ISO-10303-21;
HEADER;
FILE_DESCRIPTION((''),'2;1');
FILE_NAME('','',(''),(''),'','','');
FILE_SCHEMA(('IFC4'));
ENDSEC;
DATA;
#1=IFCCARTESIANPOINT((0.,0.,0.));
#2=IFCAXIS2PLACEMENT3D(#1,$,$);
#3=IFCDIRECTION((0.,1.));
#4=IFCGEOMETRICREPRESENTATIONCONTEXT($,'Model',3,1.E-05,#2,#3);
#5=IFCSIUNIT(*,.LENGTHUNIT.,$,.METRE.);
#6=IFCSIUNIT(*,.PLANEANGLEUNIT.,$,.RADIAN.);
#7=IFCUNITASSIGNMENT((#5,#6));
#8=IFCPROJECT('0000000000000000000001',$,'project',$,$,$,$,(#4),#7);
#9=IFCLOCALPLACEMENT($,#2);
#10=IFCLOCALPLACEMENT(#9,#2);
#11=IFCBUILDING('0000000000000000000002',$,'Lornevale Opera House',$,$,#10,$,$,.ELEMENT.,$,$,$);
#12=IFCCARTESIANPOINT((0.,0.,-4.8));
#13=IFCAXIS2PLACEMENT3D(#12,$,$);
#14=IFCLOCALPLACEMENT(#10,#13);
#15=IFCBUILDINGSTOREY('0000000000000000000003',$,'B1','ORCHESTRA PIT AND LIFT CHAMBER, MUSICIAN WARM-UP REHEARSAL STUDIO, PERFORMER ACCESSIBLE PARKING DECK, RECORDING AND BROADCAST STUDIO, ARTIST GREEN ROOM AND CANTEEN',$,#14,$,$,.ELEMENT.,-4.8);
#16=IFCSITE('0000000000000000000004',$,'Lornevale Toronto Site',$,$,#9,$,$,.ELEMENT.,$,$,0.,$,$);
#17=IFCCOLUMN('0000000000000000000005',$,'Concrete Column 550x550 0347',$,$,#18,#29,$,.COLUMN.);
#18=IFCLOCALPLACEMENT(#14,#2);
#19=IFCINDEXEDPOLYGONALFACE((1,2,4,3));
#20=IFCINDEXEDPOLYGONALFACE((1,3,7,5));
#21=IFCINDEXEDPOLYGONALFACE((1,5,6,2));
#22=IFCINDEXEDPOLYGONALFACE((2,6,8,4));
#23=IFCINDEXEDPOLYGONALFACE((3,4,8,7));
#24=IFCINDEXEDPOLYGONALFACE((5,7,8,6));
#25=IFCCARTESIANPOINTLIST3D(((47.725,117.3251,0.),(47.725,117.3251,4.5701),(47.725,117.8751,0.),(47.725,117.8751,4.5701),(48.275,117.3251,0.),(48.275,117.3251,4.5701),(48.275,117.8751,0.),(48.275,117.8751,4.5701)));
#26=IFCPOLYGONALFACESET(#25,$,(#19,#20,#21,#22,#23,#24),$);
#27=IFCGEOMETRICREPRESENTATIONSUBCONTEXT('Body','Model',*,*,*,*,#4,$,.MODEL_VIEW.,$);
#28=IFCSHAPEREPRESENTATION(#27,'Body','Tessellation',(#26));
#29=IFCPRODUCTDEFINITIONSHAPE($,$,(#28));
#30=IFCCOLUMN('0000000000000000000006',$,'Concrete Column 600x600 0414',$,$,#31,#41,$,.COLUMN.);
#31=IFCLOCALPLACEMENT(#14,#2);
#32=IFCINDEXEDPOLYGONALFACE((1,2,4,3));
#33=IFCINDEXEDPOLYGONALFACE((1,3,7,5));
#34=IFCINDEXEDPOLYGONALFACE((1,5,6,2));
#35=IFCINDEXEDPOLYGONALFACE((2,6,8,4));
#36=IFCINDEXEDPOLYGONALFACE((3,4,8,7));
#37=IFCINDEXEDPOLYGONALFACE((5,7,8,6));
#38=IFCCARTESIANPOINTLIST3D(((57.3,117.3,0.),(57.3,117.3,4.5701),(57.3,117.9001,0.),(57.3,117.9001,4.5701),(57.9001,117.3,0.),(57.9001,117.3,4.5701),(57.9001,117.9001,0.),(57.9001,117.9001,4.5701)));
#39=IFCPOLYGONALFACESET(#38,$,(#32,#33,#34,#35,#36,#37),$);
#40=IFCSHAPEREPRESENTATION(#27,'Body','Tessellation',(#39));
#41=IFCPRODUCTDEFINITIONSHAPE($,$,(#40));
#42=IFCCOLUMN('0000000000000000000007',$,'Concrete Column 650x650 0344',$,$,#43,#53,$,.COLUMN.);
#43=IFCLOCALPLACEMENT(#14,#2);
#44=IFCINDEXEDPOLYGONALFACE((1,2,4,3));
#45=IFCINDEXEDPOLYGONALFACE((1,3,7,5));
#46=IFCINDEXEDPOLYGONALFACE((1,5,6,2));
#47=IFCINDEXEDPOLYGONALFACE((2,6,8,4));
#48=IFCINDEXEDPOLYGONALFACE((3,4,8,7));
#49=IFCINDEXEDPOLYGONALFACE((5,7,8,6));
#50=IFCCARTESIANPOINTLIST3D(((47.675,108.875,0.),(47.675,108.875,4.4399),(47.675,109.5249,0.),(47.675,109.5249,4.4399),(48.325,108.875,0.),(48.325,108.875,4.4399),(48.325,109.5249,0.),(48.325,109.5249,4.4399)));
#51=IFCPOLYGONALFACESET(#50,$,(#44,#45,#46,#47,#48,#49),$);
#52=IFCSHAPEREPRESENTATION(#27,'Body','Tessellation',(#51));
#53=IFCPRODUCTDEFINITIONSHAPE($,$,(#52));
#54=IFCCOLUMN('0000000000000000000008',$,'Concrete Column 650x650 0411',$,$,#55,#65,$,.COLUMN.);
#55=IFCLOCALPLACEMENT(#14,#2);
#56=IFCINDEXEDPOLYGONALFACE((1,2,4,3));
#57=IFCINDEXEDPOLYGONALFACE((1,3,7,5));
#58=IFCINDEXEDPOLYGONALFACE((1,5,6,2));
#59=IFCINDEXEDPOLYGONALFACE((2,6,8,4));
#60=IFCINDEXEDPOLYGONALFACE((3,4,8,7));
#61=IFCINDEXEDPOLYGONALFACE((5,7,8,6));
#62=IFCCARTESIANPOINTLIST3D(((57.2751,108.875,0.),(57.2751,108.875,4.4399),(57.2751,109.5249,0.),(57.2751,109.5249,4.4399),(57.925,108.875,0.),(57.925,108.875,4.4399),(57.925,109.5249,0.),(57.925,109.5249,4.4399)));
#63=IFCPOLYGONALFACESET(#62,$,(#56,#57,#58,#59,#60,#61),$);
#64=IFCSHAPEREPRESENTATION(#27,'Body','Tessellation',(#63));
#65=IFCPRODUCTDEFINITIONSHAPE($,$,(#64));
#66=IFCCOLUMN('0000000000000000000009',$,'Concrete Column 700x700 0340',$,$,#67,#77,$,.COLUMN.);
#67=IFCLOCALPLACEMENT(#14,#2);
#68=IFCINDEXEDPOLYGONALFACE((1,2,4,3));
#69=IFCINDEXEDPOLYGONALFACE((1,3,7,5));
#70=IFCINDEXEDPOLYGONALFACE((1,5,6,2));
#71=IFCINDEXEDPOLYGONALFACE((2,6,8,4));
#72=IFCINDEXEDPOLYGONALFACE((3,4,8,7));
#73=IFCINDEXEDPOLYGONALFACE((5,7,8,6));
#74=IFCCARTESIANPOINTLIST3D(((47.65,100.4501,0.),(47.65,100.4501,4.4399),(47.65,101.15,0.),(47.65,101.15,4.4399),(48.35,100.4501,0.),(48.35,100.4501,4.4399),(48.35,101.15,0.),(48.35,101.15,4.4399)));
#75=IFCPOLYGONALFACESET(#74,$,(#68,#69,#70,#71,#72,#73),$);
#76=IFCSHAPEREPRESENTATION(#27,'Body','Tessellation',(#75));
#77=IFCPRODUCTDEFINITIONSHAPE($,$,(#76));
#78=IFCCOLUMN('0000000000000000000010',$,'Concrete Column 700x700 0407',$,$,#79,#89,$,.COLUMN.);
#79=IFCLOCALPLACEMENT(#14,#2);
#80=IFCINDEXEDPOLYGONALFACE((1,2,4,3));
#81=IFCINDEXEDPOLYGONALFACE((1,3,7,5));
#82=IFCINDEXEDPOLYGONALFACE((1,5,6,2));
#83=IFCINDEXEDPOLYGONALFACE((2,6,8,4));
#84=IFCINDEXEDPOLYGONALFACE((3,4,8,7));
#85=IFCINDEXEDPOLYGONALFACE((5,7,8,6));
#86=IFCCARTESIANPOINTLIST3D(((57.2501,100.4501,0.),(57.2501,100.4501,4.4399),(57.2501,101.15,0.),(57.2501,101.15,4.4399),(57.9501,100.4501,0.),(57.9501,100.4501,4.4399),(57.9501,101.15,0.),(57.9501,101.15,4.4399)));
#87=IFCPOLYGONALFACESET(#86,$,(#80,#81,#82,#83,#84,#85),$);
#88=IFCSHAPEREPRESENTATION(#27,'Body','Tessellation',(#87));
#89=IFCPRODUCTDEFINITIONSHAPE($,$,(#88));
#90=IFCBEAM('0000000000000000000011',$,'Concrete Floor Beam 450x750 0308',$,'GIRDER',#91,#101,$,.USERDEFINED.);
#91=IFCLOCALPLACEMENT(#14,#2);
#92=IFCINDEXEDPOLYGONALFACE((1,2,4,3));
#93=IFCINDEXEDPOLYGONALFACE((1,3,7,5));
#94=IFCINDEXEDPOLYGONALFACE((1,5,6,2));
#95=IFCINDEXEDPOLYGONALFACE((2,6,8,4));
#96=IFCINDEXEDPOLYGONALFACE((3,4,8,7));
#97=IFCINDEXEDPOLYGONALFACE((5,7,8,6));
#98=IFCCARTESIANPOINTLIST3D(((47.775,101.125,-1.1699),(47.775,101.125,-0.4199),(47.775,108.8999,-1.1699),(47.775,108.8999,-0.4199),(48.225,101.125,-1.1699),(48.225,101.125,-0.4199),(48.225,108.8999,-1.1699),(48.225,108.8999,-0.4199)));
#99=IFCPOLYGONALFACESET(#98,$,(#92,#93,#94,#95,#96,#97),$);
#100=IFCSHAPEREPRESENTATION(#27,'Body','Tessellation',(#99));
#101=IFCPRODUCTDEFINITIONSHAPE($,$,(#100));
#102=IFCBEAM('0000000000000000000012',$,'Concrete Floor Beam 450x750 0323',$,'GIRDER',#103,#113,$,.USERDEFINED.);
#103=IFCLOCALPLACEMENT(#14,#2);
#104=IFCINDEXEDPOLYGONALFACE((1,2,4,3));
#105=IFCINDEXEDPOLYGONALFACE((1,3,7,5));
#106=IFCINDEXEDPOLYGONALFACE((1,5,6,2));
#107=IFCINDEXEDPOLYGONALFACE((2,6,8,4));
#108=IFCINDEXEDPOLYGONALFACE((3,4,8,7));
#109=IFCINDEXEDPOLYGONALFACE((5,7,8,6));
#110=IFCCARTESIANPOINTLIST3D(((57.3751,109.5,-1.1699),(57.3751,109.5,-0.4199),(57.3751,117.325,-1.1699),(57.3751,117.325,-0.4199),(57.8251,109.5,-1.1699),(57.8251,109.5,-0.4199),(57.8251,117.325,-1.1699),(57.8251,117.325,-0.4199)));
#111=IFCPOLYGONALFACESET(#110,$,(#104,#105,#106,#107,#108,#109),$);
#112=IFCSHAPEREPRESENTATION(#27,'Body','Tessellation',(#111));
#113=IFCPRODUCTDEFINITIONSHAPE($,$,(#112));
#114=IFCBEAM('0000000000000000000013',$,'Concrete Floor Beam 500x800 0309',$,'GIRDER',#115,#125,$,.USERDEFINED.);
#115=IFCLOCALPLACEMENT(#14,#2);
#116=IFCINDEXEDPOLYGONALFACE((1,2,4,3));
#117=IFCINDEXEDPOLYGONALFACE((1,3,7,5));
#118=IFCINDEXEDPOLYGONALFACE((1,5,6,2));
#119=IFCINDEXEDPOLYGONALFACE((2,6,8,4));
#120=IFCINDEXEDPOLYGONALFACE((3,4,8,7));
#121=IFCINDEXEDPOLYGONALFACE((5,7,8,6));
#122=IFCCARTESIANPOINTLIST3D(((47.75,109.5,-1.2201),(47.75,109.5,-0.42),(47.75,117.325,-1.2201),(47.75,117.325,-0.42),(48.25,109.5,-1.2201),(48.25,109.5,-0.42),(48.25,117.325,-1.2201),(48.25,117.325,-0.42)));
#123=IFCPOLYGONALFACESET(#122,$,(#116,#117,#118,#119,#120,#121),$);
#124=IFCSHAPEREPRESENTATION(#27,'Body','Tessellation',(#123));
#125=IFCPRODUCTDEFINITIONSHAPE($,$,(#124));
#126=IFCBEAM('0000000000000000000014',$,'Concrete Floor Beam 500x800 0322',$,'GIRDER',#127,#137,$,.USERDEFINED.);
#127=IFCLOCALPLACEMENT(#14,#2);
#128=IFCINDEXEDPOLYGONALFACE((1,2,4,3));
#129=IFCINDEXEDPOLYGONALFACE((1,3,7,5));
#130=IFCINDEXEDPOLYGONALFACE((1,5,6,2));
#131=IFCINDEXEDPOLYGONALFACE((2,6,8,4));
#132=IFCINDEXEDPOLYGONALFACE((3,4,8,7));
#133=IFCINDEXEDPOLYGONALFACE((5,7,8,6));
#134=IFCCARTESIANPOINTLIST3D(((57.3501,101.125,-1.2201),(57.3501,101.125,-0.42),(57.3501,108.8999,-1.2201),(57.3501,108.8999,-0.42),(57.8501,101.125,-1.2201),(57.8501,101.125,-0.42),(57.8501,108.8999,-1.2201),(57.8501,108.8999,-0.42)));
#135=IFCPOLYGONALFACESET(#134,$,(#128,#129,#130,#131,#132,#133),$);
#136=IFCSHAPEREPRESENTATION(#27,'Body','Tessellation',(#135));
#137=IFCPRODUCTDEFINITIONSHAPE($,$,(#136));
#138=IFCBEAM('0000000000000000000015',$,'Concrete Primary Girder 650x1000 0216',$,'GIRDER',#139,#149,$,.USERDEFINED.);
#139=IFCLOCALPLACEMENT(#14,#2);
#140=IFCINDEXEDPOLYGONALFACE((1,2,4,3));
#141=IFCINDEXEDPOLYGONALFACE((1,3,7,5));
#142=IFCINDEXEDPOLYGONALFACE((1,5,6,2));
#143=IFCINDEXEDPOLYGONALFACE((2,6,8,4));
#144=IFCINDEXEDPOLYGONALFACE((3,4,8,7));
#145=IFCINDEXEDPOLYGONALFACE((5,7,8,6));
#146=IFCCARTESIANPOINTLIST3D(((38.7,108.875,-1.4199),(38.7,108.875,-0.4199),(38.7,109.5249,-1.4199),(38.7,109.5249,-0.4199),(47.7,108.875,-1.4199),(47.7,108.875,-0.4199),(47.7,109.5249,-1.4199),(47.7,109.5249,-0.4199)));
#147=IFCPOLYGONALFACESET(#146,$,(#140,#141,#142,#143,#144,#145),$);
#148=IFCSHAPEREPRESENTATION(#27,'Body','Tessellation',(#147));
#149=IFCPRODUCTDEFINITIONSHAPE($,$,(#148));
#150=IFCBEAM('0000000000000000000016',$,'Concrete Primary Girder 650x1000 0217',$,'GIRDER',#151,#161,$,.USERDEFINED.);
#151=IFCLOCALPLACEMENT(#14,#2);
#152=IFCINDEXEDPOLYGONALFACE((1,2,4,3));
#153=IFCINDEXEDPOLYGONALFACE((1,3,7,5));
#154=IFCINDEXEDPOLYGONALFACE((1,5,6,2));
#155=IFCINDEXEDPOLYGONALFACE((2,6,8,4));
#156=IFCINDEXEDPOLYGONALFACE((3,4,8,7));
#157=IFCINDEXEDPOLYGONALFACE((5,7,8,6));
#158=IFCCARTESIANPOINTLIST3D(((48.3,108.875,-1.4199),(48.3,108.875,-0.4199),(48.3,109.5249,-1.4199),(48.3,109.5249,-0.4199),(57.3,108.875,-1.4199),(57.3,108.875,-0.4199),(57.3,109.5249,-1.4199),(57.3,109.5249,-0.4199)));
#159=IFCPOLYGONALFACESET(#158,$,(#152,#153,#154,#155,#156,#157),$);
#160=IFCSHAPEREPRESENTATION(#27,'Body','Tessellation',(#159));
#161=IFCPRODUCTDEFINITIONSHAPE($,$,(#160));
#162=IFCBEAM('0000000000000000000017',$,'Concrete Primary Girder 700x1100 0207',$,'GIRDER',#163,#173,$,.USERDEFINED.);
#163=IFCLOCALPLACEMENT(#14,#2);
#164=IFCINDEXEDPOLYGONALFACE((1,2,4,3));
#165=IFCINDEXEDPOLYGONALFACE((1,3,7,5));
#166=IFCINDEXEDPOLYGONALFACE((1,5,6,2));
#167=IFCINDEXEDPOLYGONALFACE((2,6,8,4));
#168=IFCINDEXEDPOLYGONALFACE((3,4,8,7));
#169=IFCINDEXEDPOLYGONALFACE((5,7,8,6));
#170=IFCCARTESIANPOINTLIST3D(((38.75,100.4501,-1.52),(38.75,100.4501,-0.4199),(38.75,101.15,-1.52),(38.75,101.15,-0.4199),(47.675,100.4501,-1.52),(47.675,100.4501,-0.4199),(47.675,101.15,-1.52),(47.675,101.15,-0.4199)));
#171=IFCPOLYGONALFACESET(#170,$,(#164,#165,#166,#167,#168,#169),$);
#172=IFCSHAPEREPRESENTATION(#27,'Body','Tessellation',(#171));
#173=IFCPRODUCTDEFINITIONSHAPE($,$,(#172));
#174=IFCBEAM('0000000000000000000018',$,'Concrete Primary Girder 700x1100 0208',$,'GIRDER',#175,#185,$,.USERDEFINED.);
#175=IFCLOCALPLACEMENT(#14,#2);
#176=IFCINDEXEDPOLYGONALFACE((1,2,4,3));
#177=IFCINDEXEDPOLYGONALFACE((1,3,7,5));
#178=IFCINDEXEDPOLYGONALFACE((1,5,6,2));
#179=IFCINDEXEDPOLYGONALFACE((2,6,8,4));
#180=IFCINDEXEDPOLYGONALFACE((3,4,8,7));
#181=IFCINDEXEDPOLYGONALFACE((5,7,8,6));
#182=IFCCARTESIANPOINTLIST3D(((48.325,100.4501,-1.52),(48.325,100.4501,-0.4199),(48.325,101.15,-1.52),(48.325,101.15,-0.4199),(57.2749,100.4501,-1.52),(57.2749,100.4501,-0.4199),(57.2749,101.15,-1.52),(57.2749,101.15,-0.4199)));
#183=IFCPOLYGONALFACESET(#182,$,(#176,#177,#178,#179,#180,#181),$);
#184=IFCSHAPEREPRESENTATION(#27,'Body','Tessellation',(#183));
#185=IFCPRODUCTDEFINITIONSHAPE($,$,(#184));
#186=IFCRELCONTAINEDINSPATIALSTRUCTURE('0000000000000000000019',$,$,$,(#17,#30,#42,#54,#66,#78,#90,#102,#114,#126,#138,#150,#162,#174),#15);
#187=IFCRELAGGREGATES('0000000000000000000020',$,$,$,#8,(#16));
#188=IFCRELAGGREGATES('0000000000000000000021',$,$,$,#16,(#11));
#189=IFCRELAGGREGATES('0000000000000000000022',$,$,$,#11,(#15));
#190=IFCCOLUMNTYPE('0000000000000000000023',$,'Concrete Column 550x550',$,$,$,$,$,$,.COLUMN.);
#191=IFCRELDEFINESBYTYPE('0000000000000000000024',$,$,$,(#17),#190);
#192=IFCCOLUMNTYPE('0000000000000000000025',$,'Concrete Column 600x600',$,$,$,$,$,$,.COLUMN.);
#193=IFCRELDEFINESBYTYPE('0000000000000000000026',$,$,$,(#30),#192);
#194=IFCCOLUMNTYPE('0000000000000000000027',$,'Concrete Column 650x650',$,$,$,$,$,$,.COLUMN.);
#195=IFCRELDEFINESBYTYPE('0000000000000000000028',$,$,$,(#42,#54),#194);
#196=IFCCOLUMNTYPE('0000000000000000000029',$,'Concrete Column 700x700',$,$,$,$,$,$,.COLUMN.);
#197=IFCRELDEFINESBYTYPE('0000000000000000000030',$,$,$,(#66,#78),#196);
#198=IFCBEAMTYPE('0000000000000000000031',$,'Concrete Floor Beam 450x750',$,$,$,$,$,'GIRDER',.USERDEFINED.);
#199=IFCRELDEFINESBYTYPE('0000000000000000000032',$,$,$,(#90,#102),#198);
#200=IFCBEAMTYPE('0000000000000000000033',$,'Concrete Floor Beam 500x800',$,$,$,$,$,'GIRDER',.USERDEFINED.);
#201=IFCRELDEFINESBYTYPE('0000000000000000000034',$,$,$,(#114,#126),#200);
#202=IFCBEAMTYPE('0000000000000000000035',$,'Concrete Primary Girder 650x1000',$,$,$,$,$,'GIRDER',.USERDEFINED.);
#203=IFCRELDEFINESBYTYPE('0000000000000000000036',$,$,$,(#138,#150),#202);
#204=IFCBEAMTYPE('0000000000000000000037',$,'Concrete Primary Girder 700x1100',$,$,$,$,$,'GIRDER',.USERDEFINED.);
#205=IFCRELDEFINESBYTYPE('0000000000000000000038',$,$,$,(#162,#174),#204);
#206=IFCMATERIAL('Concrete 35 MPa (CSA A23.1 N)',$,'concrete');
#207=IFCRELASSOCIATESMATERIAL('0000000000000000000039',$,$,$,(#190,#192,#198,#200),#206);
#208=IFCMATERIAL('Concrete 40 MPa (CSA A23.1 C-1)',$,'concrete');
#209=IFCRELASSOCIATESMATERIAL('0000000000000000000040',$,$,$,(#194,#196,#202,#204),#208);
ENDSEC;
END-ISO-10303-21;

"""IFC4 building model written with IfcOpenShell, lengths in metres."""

from ifc_helpers import new_model, si_unit, direction, frame, origin, origin_2d, place, context, subcontext, project, spatial, rectangle, extrude, material, material_profile, profile_set, type_object, element, save


model = new_model("IFC4")

# Units and contexts
model_context = context("Model", 3, precision=1e-05, world=origin(), true_north=direction((0.0, 1.0)))
body_context = subcontext(model_context, "Body", "Model", "MODEL_VIEW")
ifc_project = project(units=[si_unit("LENGTHUNIT", "METRE"), si_unit("PLANEANGLEUNIT", "RADIAN")], contexts=[model_context])

# Site, building, storey
site_placement = place(None, origin())
site = spatial("IfcSite", under=ifc_project, at=site_placement, Name="Lornevale Toronto Site", CompositionType="ELEMENT", RefElevation=0.0)
building_placement = place(site_placement, origin())
building = spatial("IfcBuilding", under=site, at=building_placement, Name="Lornevale Opera House", CompositionType="ELEMENT")
storey_placement = place(building_placement, frame((0.0, 0.0, -4.8)))
storey = spatial("IfcBuildingStorey", under=building, at=storey_placement, Name="B1", Description="ORCHESTRA PIT AND LIFT CHAMBER, MUSICIAN WARM-UP REHEARSAL STUDIO, PERFORMER ACCESSIBLE PARKING DECK, RECORDING AND BROADCAST STUDIO, ARTIST GREEN ROOM AND CANTEEN", CompositionType="ELEMENT", Elevation=-4.8)

# Columns
ifc_material_1 = material(Name="Concrete 35 MPa (CSA A23.1 N)", Category="concrete")
ifc_material_profile_1 = material_profile(ifc_material_1, rectangle(XDim=0.55, YDim=0.55, at=origin_2d()), Name="RC550x550")
ifc_profile_set_1 = profile_set([ifc_material_profile_1], Name="Concrete 35 MPa (CSA A23.1 N)")
column_type_1 = type_object("IfcColumnType", Name="Concrete Column 550x550", PredefinedType="COLUMN", material=ifc_profile_set_1)
column_1_placement = place(storey_placement, frame((48.0, 117.6001, 0.0), z_axis=(0.0, 0.0, 1.0), x_axis=(1.0, 0.0, 0.0)))
element("IfcColumn", 1, at=column_1_placement, inside=storey, type_object=column_type_1, Name="Concrete Column 550x550 0347", PredefinedType="COLUMN", context=body_context, shape_type="SweptSolid", body=[
    extrude(rectangle(XDim=0.55, YDim=0.55, at=origin_2d()), origin(), (0.0, 0.0, 1.0), 4.5701),
])
ifc_material_profile_2 = material_profile(ifc_material_1, rectangle(XDim=0.6001, YDim=0.6001, at=origin_2d()), Name="RC600x600")
ifc_profile_set_2 = profile_set([ifc_material_profile_2], Name="Concrete 35 MPa (CSA A23.1 N)")
column_type_2 = type_object("IfcColumnType", Name="Concrete Column 600x600", PredefinedType="COLUMN", material=ifc_profile_set_2)
column_2_placement = place(storey_placement, frame((57.6001, 117.6001, 0.0), z_axis=(0.0, 0.0, 1.0), x_axis=(1.0, 0.0, 0.0)))
element("IfcColumn", 2, at=column_2_placement, inside=storey, type_object=column_type_2, Name="Concrete Column 600x600 0414", PredefinedType="COLUMN", context=body_context, shape_type="SweptSolid", body=[
    extrude(rectangle(XDim=0.6001, YDim=0.6001, at=origin_2d()), origin(), (0.0, 0.0, 1.0), 4.5701),
])
ifc_material_2 = material(Name="Concrete 40 MPa (CSA A23.1 C-1)", Category="concrete")
ifc_material_profile_3 = material_profile(ifc_material_2, rectangle(XDim=0.6499, YDim=0.6499, at=origin_2d()), Name="RC650x650")
ifc_profile_set_3 = profile_set([ifc_material_profile_3], Name="Concrete 40 MPa (CSA A23.1 C-1)")
column_type_3 = type_object("IfcColumnType", Name="Concrete Column 650x650", PredefinedType="COLUMN", material=ifc_profile_set_3)
for number, where, z_axis, x_axis, name in (
    (3, (48.0, 109.2, 0.0), (0.0, 0.0, 1.0), (1.0, 0.0, 0.0), "Concrete Column 650x650 0344"),
    (4, (57.6001, 109.2, 0.0), (0.0, 0.0, 1.0), (1.0, 0.0, 0.0), "Concrete Column 650x650 0411"),
):
    element("IfcColumn", number, at=place(storey_placement, frame(where, z_axis=z_axis, x_axis=x_axis)), inside=storey, type_object=column_type_3, Name=name, PredefinedType="COLUMN", context=body_context, shape_type="SweptSolid", body=[
        extrude(rectangle(XDim=0.6499, YDim=0.6499, at=origin_2d()), origin(), (0.0, 0.0, 1.0), 4.4399),
    ])
ifc_material_profile_4 = material_profile(ifc_material_2, rectangle(XDim=0.7, YDim=0.7, at=origin_2d()), Name="RC700x700")
ifc_profile_set_4 = profile_set([ifc_material_profile_4], Name="Concrete 40 MPa (CSA A23.1 C-1)")
column_type_4 = type_object("IfcColumnType", Name="Concrete Column 700x700", PredefinedType="COLUMN", material=ifc_profile_set_4)
for number, where, z_axis, x_axis, name in (
    (5, (48.0, 100.8, 0.0), (0.0, 0.0, 1.0), (1.0, 0.0, 0.0), "Concrete Column 700x700 0340"),
    (6, (57.6001, 100.8, 0.0), (0.0, 0.0, 1.0), (1.0, 0.0, 0.0), "Concrete Column 700x700 0407"),
):
    element("IfcColumn", number, at=place(storey_placement, frame(where, z_axis=z_axis, x_axis=x_axis)), inside=storey, type_object=column_type_4, Name=name, PredefinedType="COLUMN", context=body_context, shape_type="SweptSolid", body=[
        extrude(rectangle(XDim=0.7, YDim=0.7, at=origin_2d()), origin(), (0.0, 0.0, 1.0), 4.4399),
    ])

# Beams
ifc_material_profile_5 = material_profile(ifc_material_1, rectangle(XDim=0.45, YDim=0.75, at=origin_2d()), Name="RC450x750")
ifc_profile_set_5 = profile_set([ifc_material_profile_5], Name="Concrete 35 MPa (CSA A23.1 N)")
beam_type_1 = type_object("IfcBeamType", Name="Concrete Floor Beam 450x750", ElementType="GIRDER", PredefinedType="USERDEFINED", material=ifc_profile_set_5)
beam_1_placement = place(storey_placement, frame((48.0, 101.125, -0.7949), z_axis=(0.0, 1.0, 0.0), x_axis=(-1.0, 0.0, 0.0)))
element("IfcBeam", 7, at=beam_1_placement, inside=storey, type_object=beam_type_1, Name="Concrete Floor Beam 450x750 0308", ObjectType="GIRDER", PredefinedType="USERDEFINED", context=body_context, shape_type="SweptSolid", body=[
    extrude(rectangle(XDim=0.45, YDim=0.75, at=origin_2d()), origin(), (0.0, 0.0, 1.0), 7.7749),
])
beam_2_placement = place(storey_placement, frame((57.6001, 109.5, -0.7949), z_axis=(0.0, 1.0, 0.0), x_axis=(-1.0, 0.0, 0.0)))
element("IfcBeam", 8, at=beam_2_placement, inside=storey, type_object=beam_type_1, Name="Concrete Floor Beam 450x750 0323", ObjectType="GIRDER", PredefinedType="USERDEFINED", context=body_context, shape_type="SweptSolid", body=[
    extrude(rectangle(XDim=0.45, YDim=0.75, at=origin_2d()), origin(), (0.0, 0.0, 1.0), 7.825),
])
ifc_material_profile_6 = material_profile(ifc_material_1, rectangle(XDim=0.5, YDim=0.8, at=origin_2d()), Name="RC500x800")
ifc_profile_set_6 = profile_set([ifc_material_profile_6], Name="Concrete 35 MPa (CSA A23.1 N)")
beam_type_2 = type_object("IfcBeamType", Name="Concrete Floor Beam 500x800", ElementType="GIRDER", PredefinedType="USERDEFINED", material=ifc_profile_set_6)
beam_3_placement = place(storey_placement, frame((48.0, 109.5, -0.8201), z_axis=(0.0, 1.0, 0.0), x_axis=(-1.0, 0.0, 0.0)))
element("IfcBeam", 9, at=beam_3_placement, inside=storey, type_object=beam_type_2, Name="Concrete Floor Beam 500x800 0309", ObjectType="GIRDER", PredefinedType="USERDEFINED", context=body_context, shape_type="SweptSolid", body=[
    extrude(rectangle(XDim=0.5, YDim=0.8, at=origin_2d()), origin(), (0.0, 0.0, 1.0), 7.825),
])
beam_4_placement = place(storey_placement, frame((57.6001, 101.125, -0.8201), z_axis=(0.0, 1.0, 0.0), x_axis=(-1.0, 0.0, 0.0)))
element("IfcBeam", 10, at=beam_4_placement, inside=storey, type_object=beam_type_2, Name="Concrete Floor Beam 500x800 0322", ObjectType="GIRDER", PredefinedType="USERDEFINED", context=body_context, shape_type="SweptSolid", body=[
    extrude(rectangle(XDim=0.5, YDim=0.8, at=origin_2d()), origin(), (0.0, 0.0, 1.0), 7.7749),
])
ifc_material_profile_7 = material_profile(ifc_material_2, rectangle(XDim=0.6499, YDim=1.0, at=origin_2d()), Name="RC650x1000")
ifc_profile_set_7 = profile_set([ifc_material_profile_7], Name="Concrete 40 MPa (CSA A23.1 C-1)")
beam_type_3 = type_object("IfcBeamType", Name="Concrete Primary Girder 650x1000", ElementType="GIRDER", PredefinedType="USERDEFINED", material=ifc_profile_set_7)
for number, where, z_axis, x_axis, name in (
    (11, (38.7, 109.2, -0.9199), (1.0, 0.0, 0.0), (0.0, 1.0, 0.0), "Concrete Primary Girder 650x1000 0216"),
    (12, (48.3, 109.2, -0.9199), (1.0, 0.0, 0.0), (0.0, 1.0, 0.0), "Concrete Primary Girder 650x1000 0217"),
):
    element("IfcBeam", number, at=place(storey_placement, frame(where, z_axis=z_axis, x_axis=x_axis)), inside=storey, type_object=beam_type_3, Name=name, ObjectType="GIRDER", PredefinedType="USERDEFINED", context=body_context, shape_type="SweptSolid", body=[
        extrude(rectangle(XDim=0.6499, YDim=1.0, at=origin_2d()), origin(), (0.0, 0.0, 1.0), 9.0),
    ])
ifc_material_profile_8 = material_profile(ifc_material_2, rectangle(XDim=0.7, YDim=1.1001, at=origin_2d()), Name="RC700x1100")
ifc_profile_set_8 = profile_set([ifc_material_profile_8], Name="Concrete 40 MPa (CSA A23.1 C-1)")
beam_type_4 = type_object("IfcBeamType", Name="Concrete Primary Girder 700x1100", ElementType="GIRDER", PredefinedType="USERDEFINED", material=ifc_profile_set_8)
beam_5_placement = place(storey_placement, frame((38.75, 100.8, -0.97), z_axis=(1.0, 0.0, 0.0), x_axis=(0.0, 1.0, 0.0)))
element("IfcBeam", 13, at=beam_5_placement, inside=storey, type_object=beam_type_4, Name="Concrete Primary Girder 700x1100 0207", ObjectType="GIRDER", PredefinedType="USERDEFINED", context=body_context, shape_type="SweptSolid", body=[
    extrude(rectangle(XDim=0.7, YDim=1.1001, at=origin_2d()), origin(), (0.0, 0.0, 1.0), 8.925),
])
beam_6_placement = place(storey_placement, frame((48.325, 100.8, -0.97), z_axis=(1.0, 0.0, 0.0), x_axis=(0.0, 1.0, 0.0)))
element("IfcBeam", 14, at=beam_6_placement, inside=storey, type_object=beam_type_4, Name="Concrete Primary Girder 700x1100 0208", ObjectType="GIRDER", PredefinedType="USERDEFINED", context=body_context, shape_type="SweptSolid", body=[
    extrude(rectangle(XDim=0.7, YDim=1.1001, at=origin_2d()), origin(), (0.0, 0.0, 1.0), 8.95),
])

save(model, "model.ifc")
